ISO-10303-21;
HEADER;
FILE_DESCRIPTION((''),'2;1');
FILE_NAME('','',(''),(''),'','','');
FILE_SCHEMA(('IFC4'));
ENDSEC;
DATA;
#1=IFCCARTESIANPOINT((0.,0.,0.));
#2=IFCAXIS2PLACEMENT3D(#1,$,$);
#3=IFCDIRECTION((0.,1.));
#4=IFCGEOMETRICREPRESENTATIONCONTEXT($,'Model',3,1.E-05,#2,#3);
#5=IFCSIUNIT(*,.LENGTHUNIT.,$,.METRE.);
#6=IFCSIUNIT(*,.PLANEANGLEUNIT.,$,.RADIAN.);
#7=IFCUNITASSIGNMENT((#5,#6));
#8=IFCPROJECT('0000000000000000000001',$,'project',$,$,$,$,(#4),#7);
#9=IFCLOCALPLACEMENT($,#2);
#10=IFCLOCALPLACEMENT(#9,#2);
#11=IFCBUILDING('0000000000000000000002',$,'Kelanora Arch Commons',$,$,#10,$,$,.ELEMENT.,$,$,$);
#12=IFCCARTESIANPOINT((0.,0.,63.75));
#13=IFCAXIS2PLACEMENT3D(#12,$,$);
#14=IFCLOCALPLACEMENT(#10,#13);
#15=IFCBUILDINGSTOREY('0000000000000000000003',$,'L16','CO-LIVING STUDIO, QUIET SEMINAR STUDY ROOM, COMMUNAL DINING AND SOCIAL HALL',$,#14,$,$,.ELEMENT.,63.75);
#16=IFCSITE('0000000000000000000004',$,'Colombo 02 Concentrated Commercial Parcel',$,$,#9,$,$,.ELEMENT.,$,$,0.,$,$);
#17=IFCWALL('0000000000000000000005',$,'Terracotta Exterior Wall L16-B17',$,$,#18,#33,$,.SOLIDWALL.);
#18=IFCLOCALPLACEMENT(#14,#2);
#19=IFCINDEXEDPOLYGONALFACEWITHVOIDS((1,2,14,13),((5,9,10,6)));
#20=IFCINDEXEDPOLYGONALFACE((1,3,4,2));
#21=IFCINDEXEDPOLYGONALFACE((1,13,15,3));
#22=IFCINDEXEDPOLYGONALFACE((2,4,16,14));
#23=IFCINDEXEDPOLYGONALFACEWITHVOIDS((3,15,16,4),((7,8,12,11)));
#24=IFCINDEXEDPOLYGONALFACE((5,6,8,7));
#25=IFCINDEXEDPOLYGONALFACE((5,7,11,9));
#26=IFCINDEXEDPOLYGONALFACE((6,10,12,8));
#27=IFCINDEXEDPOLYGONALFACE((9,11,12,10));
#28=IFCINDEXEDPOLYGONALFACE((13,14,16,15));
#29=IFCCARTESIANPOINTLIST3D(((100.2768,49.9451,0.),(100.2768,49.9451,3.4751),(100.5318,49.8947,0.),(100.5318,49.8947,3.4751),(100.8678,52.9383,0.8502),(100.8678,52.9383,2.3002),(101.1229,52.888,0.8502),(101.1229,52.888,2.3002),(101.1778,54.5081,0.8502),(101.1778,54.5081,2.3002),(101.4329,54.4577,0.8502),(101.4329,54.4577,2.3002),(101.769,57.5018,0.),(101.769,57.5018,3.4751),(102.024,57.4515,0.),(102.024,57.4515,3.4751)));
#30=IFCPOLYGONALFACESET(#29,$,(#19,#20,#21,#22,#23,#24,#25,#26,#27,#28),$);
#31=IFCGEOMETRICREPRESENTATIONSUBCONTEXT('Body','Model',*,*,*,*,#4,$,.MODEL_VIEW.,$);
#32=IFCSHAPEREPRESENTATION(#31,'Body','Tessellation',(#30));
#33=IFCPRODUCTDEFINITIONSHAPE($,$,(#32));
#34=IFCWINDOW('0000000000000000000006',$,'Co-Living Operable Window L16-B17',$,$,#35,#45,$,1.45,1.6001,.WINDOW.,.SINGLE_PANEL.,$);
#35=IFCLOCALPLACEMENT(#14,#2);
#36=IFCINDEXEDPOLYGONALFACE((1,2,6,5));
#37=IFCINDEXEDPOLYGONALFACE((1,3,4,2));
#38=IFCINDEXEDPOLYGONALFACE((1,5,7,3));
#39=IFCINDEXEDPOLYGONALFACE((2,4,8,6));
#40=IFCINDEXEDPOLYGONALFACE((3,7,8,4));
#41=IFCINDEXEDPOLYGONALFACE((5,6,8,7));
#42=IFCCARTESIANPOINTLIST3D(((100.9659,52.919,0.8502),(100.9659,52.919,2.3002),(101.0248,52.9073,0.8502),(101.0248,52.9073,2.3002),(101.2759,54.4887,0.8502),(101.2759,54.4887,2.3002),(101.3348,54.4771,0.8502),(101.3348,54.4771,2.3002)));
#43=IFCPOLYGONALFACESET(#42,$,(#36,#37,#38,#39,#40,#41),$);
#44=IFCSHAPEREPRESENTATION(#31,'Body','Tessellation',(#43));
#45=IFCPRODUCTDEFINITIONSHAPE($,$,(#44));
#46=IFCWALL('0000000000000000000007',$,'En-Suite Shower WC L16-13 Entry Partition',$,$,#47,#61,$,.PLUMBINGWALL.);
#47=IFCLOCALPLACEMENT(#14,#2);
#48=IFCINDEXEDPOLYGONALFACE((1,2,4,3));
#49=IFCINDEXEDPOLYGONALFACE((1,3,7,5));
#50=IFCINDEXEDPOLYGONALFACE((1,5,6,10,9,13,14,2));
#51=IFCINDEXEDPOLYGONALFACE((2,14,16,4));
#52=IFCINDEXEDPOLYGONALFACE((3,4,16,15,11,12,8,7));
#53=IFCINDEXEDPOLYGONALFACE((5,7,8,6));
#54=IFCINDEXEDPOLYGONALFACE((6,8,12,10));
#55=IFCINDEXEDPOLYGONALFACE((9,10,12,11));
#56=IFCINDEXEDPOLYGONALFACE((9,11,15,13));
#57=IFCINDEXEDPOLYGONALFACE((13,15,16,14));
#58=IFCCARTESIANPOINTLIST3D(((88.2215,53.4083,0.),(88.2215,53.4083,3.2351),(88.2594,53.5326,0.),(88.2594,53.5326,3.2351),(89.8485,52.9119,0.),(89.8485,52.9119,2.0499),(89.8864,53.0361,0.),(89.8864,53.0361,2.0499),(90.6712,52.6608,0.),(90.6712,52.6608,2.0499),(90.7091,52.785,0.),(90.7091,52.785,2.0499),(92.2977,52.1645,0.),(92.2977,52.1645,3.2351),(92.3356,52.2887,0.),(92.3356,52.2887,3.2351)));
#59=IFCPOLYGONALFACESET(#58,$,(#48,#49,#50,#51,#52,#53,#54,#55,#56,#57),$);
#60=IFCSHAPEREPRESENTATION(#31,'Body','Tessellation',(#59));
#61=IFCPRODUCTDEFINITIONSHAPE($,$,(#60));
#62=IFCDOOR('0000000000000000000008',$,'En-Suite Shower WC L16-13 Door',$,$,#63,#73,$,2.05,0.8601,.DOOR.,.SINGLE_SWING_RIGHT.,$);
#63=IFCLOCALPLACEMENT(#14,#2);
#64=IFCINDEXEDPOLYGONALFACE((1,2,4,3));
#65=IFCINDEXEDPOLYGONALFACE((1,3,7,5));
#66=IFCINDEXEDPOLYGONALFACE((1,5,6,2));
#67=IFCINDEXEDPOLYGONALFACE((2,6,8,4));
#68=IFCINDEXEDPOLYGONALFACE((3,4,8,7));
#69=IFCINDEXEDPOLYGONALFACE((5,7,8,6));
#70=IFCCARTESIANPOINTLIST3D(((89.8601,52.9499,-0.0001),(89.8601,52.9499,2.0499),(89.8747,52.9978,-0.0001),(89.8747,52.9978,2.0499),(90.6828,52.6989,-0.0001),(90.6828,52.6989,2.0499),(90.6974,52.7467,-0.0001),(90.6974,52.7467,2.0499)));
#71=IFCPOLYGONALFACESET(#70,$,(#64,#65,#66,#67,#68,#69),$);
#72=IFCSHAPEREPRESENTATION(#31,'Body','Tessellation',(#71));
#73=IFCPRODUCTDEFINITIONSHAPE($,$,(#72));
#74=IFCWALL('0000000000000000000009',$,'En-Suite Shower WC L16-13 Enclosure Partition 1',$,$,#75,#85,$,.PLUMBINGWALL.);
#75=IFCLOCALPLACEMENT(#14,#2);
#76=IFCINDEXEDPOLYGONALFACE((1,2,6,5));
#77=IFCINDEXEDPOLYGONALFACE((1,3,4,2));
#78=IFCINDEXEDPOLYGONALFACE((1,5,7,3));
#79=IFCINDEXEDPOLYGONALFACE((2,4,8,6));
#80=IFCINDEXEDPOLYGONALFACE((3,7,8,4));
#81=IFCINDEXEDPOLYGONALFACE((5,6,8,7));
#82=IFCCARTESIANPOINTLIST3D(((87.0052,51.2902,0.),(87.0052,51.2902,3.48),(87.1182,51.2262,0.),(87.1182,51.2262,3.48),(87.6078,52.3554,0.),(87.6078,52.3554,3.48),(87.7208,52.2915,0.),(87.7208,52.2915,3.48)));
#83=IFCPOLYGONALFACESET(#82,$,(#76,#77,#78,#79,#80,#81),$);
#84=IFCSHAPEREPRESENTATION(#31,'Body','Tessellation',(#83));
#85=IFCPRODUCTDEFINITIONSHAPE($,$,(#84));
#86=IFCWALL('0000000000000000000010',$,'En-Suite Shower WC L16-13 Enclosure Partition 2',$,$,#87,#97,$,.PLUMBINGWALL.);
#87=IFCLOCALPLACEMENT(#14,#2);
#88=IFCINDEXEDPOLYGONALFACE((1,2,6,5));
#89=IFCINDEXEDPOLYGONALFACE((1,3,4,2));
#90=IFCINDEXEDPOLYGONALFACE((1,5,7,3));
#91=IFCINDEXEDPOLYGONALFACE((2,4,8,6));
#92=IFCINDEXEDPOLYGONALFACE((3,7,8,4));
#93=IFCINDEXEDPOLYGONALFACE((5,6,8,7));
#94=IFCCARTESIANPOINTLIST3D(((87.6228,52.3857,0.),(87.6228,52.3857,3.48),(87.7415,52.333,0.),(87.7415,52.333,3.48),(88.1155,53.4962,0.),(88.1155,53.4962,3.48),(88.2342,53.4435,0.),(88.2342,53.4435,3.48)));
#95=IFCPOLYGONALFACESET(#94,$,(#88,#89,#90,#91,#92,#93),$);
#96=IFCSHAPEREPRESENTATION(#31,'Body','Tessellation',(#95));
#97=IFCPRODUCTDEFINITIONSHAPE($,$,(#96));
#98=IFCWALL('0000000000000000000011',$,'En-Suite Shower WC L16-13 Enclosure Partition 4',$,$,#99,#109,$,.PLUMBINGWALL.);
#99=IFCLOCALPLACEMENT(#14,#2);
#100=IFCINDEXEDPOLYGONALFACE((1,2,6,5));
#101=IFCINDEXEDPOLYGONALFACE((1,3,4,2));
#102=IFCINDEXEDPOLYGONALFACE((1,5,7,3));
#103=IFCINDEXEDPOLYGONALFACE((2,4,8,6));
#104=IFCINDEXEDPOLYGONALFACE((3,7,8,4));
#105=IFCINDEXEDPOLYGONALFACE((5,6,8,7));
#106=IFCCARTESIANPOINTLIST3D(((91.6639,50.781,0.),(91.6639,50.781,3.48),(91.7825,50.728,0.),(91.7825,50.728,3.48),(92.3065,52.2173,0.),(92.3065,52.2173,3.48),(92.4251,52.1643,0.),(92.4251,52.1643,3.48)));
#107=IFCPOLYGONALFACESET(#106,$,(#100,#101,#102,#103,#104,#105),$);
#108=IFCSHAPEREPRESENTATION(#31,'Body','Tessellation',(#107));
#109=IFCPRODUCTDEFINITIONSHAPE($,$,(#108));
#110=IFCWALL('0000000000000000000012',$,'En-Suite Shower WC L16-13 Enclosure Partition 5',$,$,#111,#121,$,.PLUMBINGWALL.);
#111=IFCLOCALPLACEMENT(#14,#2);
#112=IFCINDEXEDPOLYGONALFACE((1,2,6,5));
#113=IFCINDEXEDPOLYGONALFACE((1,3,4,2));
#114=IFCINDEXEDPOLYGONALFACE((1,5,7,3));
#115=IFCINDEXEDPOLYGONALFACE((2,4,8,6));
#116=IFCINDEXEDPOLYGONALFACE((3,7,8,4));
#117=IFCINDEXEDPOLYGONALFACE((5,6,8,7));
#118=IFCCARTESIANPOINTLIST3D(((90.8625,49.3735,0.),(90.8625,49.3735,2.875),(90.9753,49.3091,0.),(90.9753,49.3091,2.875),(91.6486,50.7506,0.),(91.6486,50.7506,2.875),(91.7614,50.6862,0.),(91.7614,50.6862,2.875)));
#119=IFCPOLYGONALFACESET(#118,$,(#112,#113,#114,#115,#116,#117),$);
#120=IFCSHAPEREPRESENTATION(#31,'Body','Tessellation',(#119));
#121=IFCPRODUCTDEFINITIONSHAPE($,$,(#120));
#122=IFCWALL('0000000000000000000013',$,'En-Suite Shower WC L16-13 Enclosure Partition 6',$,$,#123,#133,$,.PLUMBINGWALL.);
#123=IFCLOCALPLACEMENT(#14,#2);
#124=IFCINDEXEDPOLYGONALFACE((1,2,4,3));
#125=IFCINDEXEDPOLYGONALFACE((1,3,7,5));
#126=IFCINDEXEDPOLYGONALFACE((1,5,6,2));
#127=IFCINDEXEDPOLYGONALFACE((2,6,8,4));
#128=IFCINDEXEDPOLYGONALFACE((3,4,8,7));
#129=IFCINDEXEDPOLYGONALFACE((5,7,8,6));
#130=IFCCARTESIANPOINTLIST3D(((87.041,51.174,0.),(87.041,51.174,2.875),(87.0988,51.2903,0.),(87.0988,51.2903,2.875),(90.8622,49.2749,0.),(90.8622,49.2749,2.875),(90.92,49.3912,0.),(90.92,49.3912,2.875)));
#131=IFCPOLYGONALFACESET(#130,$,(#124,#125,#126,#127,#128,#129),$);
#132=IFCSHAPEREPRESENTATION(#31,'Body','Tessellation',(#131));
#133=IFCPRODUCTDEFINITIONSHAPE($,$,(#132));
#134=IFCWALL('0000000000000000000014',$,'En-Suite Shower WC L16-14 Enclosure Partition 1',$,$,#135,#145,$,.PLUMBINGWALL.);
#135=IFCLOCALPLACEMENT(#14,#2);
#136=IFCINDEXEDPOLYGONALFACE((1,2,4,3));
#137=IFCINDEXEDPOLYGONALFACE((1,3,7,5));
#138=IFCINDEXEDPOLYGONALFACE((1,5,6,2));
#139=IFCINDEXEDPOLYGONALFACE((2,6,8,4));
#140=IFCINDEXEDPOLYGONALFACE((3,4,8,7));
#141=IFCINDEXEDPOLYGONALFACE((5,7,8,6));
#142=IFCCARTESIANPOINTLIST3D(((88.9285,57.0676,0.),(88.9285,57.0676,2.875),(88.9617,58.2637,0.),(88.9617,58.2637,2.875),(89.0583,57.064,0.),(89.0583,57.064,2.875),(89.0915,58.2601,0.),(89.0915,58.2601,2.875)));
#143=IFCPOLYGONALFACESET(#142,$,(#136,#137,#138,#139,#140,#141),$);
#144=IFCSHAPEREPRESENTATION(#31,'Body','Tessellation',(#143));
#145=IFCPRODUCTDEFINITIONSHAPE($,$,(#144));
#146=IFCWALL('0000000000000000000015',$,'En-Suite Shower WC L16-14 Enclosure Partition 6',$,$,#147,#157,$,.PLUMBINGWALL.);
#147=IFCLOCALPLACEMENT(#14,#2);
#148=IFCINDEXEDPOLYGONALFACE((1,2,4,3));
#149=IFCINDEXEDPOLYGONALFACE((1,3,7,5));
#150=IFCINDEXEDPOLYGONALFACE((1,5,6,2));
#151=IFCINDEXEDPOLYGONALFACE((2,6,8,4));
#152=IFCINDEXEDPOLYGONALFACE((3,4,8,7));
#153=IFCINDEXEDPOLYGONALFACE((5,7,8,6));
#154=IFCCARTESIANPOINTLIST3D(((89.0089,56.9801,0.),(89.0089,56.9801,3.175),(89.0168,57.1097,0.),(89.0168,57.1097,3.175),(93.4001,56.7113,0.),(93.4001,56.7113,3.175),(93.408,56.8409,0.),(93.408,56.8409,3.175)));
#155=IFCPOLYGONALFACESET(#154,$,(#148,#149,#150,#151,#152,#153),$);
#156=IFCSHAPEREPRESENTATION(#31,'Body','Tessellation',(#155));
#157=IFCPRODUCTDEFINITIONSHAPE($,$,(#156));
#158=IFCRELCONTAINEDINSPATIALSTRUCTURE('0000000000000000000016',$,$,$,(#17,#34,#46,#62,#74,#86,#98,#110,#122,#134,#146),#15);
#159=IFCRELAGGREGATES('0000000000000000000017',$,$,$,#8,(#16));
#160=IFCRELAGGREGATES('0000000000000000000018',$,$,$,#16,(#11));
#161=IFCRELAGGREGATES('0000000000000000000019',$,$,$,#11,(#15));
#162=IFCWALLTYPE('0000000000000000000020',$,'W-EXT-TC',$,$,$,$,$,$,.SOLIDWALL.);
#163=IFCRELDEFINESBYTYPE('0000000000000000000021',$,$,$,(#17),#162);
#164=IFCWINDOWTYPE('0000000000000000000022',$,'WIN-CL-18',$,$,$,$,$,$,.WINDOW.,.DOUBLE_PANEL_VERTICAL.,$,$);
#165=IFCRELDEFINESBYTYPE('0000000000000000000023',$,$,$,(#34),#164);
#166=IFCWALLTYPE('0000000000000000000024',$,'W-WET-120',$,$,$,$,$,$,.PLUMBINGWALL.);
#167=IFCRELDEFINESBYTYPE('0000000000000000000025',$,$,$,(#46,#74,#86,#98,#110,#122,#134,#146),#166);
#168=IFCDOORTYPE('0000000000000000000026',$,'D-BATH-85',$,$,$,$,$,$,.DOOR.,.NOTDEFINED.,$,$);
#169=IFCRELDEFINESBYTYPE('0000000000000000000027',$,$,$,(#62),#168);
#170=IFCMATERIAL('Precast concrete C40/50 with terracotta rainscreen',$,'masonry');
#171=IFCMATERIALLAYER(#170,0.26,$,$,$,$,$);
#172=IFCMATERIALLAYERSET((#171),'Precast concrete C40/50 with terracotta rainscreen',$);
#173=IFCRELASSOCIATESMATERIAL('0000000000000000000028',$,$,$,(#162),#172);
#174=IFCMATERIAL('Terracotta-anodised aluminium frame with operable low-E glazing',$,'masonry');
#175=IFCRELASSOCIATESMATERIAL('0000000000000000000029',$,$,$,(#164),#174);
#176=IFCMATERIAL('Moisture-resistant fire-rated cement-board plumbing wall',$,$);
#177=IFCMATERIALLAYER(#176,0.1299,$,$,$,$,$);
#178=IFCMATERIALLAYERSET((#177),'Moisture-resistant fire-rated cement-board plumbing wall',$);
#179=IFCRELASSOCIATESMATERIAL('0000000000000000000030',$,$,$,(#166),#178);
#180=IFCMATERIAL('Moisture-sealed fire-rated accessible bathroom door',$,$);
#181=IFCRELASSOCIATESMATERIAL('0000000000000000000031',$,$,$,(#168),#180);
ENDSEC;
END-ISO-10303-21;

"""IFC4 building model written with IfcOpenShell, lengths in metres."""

from ifc_helpers import new_model, si_unit, direction, frame, frame_2d, origin, place, context, subcontext, project, spatial, rectangle, extrude, material, layer, layer_set, type_object, element, fill, save


model = new_model("IFC4")

# Units and contexts
model_context = context("Model", 3, precision=1e-05, world=origin(), true_north=direction((0.0, 1.0)))
body_context = subcontext(model_context, "Body", "Model", "MODEL_VIEW")
ifc_project = project(units=[si_unit("LENGTHUNIT", "METRE"), si_unit("PLANEANGLEUNIT", "RADIAN")], contexts=[model_context])

# Site, building, storey
site_placement = place(None, origin())
site = spatial("IfcSite", under=ifc_project, at=site_placement, Name="Colombo 02 Concentrated Commercial Parcel", CompositionType="ELEMENT", RefElevation=0.0)
building_placement = place(site_placement, origin())
building = spatial("IfcBuilding", under=site, at=building_placement, Name="Kelanora Arch Commons", CompositionType="ELEMENT")
storey_placement = place(building_placement, frame((0.0, 0.0, 63.75)))
storey = spatial("IfcBuildingStorey", under=building, at=storey_placement, Name="L16", Description="CO-LIVING STUDIO, QUIET SEMINAR STUDY ROOM, COMMUNAL DINING AND SOCIAL HALL", CompositionType="ELEMENT", Elevation=63.75)

# Wall, opening, window
ifc_material_1 = material(Name="Precast concrete C40/50 with terracotta rainscreen", Category="masonry")
ifc_layer_1 = layer(ifc_material_1, 0.26)
ifc_layer_set_1 = layer_set([ifc_layer_1], Name="Precast concrete C40/50 with terracotta rainscreen")
wall_type_1 = type_object("IfcWallType", Name="W-EXT-TC", PredefinedType="SOLIDWALL", material=ifc_layer_set_1)
wall_1_placement = place(storey_placement, frame((100.4043, 49.9199, 0.0), z_axis=(0.0, 0.0, 1.0), x_axis=(0.193726, 0.981056, 0.0)))
wall_1 = element("IfcWall", 1, at=wall_1_placement, inside=storey, type_object=wall_type_1, Name="Terracotta Exterior Wall L16-B17", PredefinedType="SOLIDWALL", context=body_context, shape_type="SweptSolid", body=[
    extrude(rectangle(XDim=7.7026, YDim=0.26, at=frame_2d((3.8513, 0.0))), origin(), (0.0, 0.0, 1.0), 3.4751),
])
opening_1_placement = place(wall_1_placement, frame((3.051, 0.0, 0.8501)))
opening_1 = element("IfcOpeningElement", 2, at=opening_1_placement, cuts=wall_1, PredefinedType="OPENING", context=body_context, shape_type="SweptSolid", body=[
    extrude(rectangle(XDim=1.6001, YDim=1.45, at=frame_2d((0.8, 0.7251))), frame((0.0, 0.1401, 0.0), z_axis=(0.0, -1.0, 0.0), x_axis=(1.0, 0.0, 0.0)), (0.0, 0.0, 1.0), 0.28),
])
ifc_material_2 = material(Name="Terracotta-anodised aluminium frame with operable low-E glazing", Category="masonry")
window_type = type_object("IfcWindowType", Name="WIN-CL-18", PartitioningType="DOUBLE_PANEL_VERTICAL", PredefinedType="WINDOW", material=ifc_material_2)
window_placement = place(opening_1_placement, origin())
window = element("IfcWindow", 3, at=window_placement, inside=storey, type_object=window_type, Name="Co-Living Operable Window L16-B17", OverallHeight=1.45, OverallWidth=1.6001, PartitioningType="SINGLE_PANEL", PredefinedType="WINDOW", context=body_context, shape_type="SweptSolid", body=[
    extrude(rectangle(XDim=1.6001, YDim=1.45, at=frame_2d((0.8, 0.7251))), frame((0.0, 0.03, 0.0), z_axis=(0.0, -1.0, 0.0), x_axis=(1.0, 0.0, 0.0)), (0.0, 0.0, 1.0), 0.0601),
])
fill(opening_1, window)

# Wall, opening, door
ifc_material_3 = material(Name="Moisture-resistant fire-rated cement-board plumbing wall")
ifc_layer_2 = layer(ifc_material_3, 0.1299)
ifc_layer_set_2 = layer_set([ifc_layer_2], Name="Moisture-resistant fire-rated cement-board plumbing wall")
wall_type_2 = type_object("IfcWallType", Name="W-WET-120", PredefinedType="PLUMBINGWALL", material=ifc_layer_set_2)
wall_2_placement = place(storey_placement, frame((88.2405, 53.4705, 0.0), z_axis=(0.0, 0.0, 1.0), x_axis=(0.956456, -0.291875, 0.0)))
wall_2 = element("IfcWall", 4, at=wall_2_placement, inside=storey, type_object=wall_type_2, Name="En-Suite Shower WC L16-13 Entry Partition", PredefinedType="PLUMBINGWALL", context=body_context, shape_type="SweptSolid", body=[
    extrude(rectangle(XDim=4.2617, YDim=0.1299, at=frame_2d((2.1309, 0.0))), origin(), (0.0, 0.0, 1.0), 3.2351),
])
opening_2_placement = place(wall_2_placement, frame((1.7009, 0.0, 0.0)))
opening_2 = element("IfcOpeningElement", 5, at=opening_2_placement, cuts=wall_2, PredefinedType="OPENING", context=body_context, shape_type="SweptSolid", body=[
    extrude(rectangle(XDim=0.8601, YDim=2.05, at=frame_2d((0.4302, 1.0249))), frame((0.0, 0.075, 0.0), z_axis=(0.0, -1.0, 0.0), x_axis=(1.0, 0.0, 0.0)), (0.0, 0.0, 1.0), 0.1499),
])
ifc_material_4 = material(Name="Moisture-sealed fire-rated accessible bathroom door")
door_type_1 = type_object("IfcDoorType", Name="D-BATH-85", OperationType="NOTDEFINED", PredefinedType="DOOR", material=ifc_material_4)
door_1_placement = place(opening_2_placement, origin())
door_1 = element("IfcDoor", 6, at=door_1_placement, inside=storey, type_object=door_type_1, Name="En-Suite Shower WC L16-13 Door", OperationType="SINGLE_SWING_RIGHT", OverallHeight=2.05, OverallWidth=0.8601, PredefinedType="DOOR", context=body_context, shape_type="SweptSolid", body=[
    extrude(rectangle(XDim=0.8601, YDim=2.05, at=frame_2d((0.4302, 1.0249))), frame((0.0, 0.0249, 0.0), z_axis=(0.0, -1.0, 0.0), x_axis=(1.0, 0.0, 0.0)), (0.0, 0.0, 1.0), 0.05),
])
fill(opening_2, door_1)

# Walls
wall_3_placement = place(storey_placement, frame((87.0618, 51.2583, 0.0), z_axis=(0.0, 0.0, 1.0), x_axis=(0.492353, 0.870396, 0.0)))
element("IfcWall", 7, at=wall_3_placement, inside=storey, type_object=wall_type_2, Name="En-Suite Shower WC L16-13 Enclosure Partition 1", PredefinedType="PLUMBINGWALL", context=body_context, shape_type="SweptSolid", body=[
    extrude(rectangle(XDim=1.2239, YDim=0.1299, at=frame_2d((0.6118, 0.0))), origin(), (0.0, 0.0, 1.0), 3.48),
])
wall_4_placement = place(storey_placement, frame((87.6821, 52.3594, 0.0), z_axis=(0.0, 0.0, 1.0), x_axis=(0.405579, 0.91406, 0.0)))
element("IfcWall", 8, at=wall_4_placement, inside=storey, type_object=wall_type_2, Name="En-Suite Shower WC L16-13 Enclosure Partition 2", PredefinedType="PLUMBINGWALL", context=body_context, shape_type="SweptSolid", body=[
    extrude(rectangle(XDim=1.2148, YDim=0.1299, at=frame_2d((0.6074, 0.0))), origin(), (0.0, 0.0, 1.0), 3.48),
])
wall_5_placement = place(storey_placement, frame((92.3657, 52.1907, 0.0), z_axis=(0.0, 0.0, 1.0), x_axis=(-0.408383, -0.912811, 0.0)))
element("IfcWall", 9, at=wall_5_placement, inside=storey, type_object=wall_type_2, Name="En-Suite Shower WC L16-13 Enclosure Partition 4", PredefinedType="PLUMBINGWALL", context=body_context, shape_type="SweptSolid", body=[
    extrude(rectangle(XDim=1.5735, YDim=0.1299, at=frame_2d((0.7866, 0.0))), origin(), (0.0, 0.0, 1.0), 3.48),
])
wall_6_placement = place(storey_placement, frame((91.7051, 50.7185, 0.0), z_axis=(0.0, 0.0, 1.0), x_axis=(-0.495741, -0.86847, 0.0)))
element("IfcWall", 10, at=wall_6_placement, inside=storey, type_object=wall_type_2, Name="En-Suite Shower WC L16-13 Enclosure Partition 5", PredefinedType="PLUMBINGWALL", context=body_context, shape_type="SweptSolid", body=[
    extrude(rectangle(XDim=1.5857, YDim=0.1299, at=frame_2d((0.793, 0.0))), origin(), (0.0, 0.0, 1.0), 2.875),
])
wall_7_placement = place(storey_placement, frame((90.8911, 49.333, 0.0), z_axis=(0.0, 0.0, 1.0), x_axis=(-0.8955, 0.445061, 0.0)))
element("IfcWall", 11, at=wall_7_placement, inside=storey, type_object=wall_type_2, Name="En-Suite Shower WC L16-13 Enclosure Partition 6", PredefinedType="PLUMBINGWALL", context=body_context, shape_type="SweptSolid", body=[
    extrude(rectangle(XDim=4.2671, YDim=0.1299, at=frame_2d((2.1335, 0.0))), origin(), (0.0, 0.0, 1.0), 2.875),
])
wall_8_placement = place(storey_placement, frame((88.9934, 57.0659, 0.0), z_axis=(0.0, 0.0, 1.0), x_axis=(0.02775, 0.999615, 0.0)))
element("IfcWall", 12, at=wall_8_placement, inside=storey, type_object=wall_type_2, Name="En-Suite Shower WC L16-14 Enclosure Partition 1", PredefinedType="PLUMBINGWALL", context=body_context, shape_type="SweptSolid", body=[
    extrude(rectangle(XDim=1.1965, YDim=0.1299, at=frame_2d((0.5981, 0.0))), origin(), (0.0, 0.0, 1.0), 2.875),
])
wall_9_placement = place(storey_placement, frame((93.4041, 56.7761, 0.0), z_axis=(0.0, 0.0, 1.0), x_axis=(-0.998132, 0.0611, 0.0)))
element("IfcWall", 13, at=wall_9_placement, inside=storey, type_object=wall_type_2, Name="En-Suite Shower WC L16-14 Enclosure Partition 6", PredefinedType="PLUMBINGWALL", context=body_context, shape_type="SweptSolid", body=[
    extrude(rectangle(XDim=4.3994, YDim=0.1299, at=frame_2d((2.1997, 0.0))), origin(), (0.0, 0.0, 1.0), 3.175),
])

save(model, "model.ifc")
